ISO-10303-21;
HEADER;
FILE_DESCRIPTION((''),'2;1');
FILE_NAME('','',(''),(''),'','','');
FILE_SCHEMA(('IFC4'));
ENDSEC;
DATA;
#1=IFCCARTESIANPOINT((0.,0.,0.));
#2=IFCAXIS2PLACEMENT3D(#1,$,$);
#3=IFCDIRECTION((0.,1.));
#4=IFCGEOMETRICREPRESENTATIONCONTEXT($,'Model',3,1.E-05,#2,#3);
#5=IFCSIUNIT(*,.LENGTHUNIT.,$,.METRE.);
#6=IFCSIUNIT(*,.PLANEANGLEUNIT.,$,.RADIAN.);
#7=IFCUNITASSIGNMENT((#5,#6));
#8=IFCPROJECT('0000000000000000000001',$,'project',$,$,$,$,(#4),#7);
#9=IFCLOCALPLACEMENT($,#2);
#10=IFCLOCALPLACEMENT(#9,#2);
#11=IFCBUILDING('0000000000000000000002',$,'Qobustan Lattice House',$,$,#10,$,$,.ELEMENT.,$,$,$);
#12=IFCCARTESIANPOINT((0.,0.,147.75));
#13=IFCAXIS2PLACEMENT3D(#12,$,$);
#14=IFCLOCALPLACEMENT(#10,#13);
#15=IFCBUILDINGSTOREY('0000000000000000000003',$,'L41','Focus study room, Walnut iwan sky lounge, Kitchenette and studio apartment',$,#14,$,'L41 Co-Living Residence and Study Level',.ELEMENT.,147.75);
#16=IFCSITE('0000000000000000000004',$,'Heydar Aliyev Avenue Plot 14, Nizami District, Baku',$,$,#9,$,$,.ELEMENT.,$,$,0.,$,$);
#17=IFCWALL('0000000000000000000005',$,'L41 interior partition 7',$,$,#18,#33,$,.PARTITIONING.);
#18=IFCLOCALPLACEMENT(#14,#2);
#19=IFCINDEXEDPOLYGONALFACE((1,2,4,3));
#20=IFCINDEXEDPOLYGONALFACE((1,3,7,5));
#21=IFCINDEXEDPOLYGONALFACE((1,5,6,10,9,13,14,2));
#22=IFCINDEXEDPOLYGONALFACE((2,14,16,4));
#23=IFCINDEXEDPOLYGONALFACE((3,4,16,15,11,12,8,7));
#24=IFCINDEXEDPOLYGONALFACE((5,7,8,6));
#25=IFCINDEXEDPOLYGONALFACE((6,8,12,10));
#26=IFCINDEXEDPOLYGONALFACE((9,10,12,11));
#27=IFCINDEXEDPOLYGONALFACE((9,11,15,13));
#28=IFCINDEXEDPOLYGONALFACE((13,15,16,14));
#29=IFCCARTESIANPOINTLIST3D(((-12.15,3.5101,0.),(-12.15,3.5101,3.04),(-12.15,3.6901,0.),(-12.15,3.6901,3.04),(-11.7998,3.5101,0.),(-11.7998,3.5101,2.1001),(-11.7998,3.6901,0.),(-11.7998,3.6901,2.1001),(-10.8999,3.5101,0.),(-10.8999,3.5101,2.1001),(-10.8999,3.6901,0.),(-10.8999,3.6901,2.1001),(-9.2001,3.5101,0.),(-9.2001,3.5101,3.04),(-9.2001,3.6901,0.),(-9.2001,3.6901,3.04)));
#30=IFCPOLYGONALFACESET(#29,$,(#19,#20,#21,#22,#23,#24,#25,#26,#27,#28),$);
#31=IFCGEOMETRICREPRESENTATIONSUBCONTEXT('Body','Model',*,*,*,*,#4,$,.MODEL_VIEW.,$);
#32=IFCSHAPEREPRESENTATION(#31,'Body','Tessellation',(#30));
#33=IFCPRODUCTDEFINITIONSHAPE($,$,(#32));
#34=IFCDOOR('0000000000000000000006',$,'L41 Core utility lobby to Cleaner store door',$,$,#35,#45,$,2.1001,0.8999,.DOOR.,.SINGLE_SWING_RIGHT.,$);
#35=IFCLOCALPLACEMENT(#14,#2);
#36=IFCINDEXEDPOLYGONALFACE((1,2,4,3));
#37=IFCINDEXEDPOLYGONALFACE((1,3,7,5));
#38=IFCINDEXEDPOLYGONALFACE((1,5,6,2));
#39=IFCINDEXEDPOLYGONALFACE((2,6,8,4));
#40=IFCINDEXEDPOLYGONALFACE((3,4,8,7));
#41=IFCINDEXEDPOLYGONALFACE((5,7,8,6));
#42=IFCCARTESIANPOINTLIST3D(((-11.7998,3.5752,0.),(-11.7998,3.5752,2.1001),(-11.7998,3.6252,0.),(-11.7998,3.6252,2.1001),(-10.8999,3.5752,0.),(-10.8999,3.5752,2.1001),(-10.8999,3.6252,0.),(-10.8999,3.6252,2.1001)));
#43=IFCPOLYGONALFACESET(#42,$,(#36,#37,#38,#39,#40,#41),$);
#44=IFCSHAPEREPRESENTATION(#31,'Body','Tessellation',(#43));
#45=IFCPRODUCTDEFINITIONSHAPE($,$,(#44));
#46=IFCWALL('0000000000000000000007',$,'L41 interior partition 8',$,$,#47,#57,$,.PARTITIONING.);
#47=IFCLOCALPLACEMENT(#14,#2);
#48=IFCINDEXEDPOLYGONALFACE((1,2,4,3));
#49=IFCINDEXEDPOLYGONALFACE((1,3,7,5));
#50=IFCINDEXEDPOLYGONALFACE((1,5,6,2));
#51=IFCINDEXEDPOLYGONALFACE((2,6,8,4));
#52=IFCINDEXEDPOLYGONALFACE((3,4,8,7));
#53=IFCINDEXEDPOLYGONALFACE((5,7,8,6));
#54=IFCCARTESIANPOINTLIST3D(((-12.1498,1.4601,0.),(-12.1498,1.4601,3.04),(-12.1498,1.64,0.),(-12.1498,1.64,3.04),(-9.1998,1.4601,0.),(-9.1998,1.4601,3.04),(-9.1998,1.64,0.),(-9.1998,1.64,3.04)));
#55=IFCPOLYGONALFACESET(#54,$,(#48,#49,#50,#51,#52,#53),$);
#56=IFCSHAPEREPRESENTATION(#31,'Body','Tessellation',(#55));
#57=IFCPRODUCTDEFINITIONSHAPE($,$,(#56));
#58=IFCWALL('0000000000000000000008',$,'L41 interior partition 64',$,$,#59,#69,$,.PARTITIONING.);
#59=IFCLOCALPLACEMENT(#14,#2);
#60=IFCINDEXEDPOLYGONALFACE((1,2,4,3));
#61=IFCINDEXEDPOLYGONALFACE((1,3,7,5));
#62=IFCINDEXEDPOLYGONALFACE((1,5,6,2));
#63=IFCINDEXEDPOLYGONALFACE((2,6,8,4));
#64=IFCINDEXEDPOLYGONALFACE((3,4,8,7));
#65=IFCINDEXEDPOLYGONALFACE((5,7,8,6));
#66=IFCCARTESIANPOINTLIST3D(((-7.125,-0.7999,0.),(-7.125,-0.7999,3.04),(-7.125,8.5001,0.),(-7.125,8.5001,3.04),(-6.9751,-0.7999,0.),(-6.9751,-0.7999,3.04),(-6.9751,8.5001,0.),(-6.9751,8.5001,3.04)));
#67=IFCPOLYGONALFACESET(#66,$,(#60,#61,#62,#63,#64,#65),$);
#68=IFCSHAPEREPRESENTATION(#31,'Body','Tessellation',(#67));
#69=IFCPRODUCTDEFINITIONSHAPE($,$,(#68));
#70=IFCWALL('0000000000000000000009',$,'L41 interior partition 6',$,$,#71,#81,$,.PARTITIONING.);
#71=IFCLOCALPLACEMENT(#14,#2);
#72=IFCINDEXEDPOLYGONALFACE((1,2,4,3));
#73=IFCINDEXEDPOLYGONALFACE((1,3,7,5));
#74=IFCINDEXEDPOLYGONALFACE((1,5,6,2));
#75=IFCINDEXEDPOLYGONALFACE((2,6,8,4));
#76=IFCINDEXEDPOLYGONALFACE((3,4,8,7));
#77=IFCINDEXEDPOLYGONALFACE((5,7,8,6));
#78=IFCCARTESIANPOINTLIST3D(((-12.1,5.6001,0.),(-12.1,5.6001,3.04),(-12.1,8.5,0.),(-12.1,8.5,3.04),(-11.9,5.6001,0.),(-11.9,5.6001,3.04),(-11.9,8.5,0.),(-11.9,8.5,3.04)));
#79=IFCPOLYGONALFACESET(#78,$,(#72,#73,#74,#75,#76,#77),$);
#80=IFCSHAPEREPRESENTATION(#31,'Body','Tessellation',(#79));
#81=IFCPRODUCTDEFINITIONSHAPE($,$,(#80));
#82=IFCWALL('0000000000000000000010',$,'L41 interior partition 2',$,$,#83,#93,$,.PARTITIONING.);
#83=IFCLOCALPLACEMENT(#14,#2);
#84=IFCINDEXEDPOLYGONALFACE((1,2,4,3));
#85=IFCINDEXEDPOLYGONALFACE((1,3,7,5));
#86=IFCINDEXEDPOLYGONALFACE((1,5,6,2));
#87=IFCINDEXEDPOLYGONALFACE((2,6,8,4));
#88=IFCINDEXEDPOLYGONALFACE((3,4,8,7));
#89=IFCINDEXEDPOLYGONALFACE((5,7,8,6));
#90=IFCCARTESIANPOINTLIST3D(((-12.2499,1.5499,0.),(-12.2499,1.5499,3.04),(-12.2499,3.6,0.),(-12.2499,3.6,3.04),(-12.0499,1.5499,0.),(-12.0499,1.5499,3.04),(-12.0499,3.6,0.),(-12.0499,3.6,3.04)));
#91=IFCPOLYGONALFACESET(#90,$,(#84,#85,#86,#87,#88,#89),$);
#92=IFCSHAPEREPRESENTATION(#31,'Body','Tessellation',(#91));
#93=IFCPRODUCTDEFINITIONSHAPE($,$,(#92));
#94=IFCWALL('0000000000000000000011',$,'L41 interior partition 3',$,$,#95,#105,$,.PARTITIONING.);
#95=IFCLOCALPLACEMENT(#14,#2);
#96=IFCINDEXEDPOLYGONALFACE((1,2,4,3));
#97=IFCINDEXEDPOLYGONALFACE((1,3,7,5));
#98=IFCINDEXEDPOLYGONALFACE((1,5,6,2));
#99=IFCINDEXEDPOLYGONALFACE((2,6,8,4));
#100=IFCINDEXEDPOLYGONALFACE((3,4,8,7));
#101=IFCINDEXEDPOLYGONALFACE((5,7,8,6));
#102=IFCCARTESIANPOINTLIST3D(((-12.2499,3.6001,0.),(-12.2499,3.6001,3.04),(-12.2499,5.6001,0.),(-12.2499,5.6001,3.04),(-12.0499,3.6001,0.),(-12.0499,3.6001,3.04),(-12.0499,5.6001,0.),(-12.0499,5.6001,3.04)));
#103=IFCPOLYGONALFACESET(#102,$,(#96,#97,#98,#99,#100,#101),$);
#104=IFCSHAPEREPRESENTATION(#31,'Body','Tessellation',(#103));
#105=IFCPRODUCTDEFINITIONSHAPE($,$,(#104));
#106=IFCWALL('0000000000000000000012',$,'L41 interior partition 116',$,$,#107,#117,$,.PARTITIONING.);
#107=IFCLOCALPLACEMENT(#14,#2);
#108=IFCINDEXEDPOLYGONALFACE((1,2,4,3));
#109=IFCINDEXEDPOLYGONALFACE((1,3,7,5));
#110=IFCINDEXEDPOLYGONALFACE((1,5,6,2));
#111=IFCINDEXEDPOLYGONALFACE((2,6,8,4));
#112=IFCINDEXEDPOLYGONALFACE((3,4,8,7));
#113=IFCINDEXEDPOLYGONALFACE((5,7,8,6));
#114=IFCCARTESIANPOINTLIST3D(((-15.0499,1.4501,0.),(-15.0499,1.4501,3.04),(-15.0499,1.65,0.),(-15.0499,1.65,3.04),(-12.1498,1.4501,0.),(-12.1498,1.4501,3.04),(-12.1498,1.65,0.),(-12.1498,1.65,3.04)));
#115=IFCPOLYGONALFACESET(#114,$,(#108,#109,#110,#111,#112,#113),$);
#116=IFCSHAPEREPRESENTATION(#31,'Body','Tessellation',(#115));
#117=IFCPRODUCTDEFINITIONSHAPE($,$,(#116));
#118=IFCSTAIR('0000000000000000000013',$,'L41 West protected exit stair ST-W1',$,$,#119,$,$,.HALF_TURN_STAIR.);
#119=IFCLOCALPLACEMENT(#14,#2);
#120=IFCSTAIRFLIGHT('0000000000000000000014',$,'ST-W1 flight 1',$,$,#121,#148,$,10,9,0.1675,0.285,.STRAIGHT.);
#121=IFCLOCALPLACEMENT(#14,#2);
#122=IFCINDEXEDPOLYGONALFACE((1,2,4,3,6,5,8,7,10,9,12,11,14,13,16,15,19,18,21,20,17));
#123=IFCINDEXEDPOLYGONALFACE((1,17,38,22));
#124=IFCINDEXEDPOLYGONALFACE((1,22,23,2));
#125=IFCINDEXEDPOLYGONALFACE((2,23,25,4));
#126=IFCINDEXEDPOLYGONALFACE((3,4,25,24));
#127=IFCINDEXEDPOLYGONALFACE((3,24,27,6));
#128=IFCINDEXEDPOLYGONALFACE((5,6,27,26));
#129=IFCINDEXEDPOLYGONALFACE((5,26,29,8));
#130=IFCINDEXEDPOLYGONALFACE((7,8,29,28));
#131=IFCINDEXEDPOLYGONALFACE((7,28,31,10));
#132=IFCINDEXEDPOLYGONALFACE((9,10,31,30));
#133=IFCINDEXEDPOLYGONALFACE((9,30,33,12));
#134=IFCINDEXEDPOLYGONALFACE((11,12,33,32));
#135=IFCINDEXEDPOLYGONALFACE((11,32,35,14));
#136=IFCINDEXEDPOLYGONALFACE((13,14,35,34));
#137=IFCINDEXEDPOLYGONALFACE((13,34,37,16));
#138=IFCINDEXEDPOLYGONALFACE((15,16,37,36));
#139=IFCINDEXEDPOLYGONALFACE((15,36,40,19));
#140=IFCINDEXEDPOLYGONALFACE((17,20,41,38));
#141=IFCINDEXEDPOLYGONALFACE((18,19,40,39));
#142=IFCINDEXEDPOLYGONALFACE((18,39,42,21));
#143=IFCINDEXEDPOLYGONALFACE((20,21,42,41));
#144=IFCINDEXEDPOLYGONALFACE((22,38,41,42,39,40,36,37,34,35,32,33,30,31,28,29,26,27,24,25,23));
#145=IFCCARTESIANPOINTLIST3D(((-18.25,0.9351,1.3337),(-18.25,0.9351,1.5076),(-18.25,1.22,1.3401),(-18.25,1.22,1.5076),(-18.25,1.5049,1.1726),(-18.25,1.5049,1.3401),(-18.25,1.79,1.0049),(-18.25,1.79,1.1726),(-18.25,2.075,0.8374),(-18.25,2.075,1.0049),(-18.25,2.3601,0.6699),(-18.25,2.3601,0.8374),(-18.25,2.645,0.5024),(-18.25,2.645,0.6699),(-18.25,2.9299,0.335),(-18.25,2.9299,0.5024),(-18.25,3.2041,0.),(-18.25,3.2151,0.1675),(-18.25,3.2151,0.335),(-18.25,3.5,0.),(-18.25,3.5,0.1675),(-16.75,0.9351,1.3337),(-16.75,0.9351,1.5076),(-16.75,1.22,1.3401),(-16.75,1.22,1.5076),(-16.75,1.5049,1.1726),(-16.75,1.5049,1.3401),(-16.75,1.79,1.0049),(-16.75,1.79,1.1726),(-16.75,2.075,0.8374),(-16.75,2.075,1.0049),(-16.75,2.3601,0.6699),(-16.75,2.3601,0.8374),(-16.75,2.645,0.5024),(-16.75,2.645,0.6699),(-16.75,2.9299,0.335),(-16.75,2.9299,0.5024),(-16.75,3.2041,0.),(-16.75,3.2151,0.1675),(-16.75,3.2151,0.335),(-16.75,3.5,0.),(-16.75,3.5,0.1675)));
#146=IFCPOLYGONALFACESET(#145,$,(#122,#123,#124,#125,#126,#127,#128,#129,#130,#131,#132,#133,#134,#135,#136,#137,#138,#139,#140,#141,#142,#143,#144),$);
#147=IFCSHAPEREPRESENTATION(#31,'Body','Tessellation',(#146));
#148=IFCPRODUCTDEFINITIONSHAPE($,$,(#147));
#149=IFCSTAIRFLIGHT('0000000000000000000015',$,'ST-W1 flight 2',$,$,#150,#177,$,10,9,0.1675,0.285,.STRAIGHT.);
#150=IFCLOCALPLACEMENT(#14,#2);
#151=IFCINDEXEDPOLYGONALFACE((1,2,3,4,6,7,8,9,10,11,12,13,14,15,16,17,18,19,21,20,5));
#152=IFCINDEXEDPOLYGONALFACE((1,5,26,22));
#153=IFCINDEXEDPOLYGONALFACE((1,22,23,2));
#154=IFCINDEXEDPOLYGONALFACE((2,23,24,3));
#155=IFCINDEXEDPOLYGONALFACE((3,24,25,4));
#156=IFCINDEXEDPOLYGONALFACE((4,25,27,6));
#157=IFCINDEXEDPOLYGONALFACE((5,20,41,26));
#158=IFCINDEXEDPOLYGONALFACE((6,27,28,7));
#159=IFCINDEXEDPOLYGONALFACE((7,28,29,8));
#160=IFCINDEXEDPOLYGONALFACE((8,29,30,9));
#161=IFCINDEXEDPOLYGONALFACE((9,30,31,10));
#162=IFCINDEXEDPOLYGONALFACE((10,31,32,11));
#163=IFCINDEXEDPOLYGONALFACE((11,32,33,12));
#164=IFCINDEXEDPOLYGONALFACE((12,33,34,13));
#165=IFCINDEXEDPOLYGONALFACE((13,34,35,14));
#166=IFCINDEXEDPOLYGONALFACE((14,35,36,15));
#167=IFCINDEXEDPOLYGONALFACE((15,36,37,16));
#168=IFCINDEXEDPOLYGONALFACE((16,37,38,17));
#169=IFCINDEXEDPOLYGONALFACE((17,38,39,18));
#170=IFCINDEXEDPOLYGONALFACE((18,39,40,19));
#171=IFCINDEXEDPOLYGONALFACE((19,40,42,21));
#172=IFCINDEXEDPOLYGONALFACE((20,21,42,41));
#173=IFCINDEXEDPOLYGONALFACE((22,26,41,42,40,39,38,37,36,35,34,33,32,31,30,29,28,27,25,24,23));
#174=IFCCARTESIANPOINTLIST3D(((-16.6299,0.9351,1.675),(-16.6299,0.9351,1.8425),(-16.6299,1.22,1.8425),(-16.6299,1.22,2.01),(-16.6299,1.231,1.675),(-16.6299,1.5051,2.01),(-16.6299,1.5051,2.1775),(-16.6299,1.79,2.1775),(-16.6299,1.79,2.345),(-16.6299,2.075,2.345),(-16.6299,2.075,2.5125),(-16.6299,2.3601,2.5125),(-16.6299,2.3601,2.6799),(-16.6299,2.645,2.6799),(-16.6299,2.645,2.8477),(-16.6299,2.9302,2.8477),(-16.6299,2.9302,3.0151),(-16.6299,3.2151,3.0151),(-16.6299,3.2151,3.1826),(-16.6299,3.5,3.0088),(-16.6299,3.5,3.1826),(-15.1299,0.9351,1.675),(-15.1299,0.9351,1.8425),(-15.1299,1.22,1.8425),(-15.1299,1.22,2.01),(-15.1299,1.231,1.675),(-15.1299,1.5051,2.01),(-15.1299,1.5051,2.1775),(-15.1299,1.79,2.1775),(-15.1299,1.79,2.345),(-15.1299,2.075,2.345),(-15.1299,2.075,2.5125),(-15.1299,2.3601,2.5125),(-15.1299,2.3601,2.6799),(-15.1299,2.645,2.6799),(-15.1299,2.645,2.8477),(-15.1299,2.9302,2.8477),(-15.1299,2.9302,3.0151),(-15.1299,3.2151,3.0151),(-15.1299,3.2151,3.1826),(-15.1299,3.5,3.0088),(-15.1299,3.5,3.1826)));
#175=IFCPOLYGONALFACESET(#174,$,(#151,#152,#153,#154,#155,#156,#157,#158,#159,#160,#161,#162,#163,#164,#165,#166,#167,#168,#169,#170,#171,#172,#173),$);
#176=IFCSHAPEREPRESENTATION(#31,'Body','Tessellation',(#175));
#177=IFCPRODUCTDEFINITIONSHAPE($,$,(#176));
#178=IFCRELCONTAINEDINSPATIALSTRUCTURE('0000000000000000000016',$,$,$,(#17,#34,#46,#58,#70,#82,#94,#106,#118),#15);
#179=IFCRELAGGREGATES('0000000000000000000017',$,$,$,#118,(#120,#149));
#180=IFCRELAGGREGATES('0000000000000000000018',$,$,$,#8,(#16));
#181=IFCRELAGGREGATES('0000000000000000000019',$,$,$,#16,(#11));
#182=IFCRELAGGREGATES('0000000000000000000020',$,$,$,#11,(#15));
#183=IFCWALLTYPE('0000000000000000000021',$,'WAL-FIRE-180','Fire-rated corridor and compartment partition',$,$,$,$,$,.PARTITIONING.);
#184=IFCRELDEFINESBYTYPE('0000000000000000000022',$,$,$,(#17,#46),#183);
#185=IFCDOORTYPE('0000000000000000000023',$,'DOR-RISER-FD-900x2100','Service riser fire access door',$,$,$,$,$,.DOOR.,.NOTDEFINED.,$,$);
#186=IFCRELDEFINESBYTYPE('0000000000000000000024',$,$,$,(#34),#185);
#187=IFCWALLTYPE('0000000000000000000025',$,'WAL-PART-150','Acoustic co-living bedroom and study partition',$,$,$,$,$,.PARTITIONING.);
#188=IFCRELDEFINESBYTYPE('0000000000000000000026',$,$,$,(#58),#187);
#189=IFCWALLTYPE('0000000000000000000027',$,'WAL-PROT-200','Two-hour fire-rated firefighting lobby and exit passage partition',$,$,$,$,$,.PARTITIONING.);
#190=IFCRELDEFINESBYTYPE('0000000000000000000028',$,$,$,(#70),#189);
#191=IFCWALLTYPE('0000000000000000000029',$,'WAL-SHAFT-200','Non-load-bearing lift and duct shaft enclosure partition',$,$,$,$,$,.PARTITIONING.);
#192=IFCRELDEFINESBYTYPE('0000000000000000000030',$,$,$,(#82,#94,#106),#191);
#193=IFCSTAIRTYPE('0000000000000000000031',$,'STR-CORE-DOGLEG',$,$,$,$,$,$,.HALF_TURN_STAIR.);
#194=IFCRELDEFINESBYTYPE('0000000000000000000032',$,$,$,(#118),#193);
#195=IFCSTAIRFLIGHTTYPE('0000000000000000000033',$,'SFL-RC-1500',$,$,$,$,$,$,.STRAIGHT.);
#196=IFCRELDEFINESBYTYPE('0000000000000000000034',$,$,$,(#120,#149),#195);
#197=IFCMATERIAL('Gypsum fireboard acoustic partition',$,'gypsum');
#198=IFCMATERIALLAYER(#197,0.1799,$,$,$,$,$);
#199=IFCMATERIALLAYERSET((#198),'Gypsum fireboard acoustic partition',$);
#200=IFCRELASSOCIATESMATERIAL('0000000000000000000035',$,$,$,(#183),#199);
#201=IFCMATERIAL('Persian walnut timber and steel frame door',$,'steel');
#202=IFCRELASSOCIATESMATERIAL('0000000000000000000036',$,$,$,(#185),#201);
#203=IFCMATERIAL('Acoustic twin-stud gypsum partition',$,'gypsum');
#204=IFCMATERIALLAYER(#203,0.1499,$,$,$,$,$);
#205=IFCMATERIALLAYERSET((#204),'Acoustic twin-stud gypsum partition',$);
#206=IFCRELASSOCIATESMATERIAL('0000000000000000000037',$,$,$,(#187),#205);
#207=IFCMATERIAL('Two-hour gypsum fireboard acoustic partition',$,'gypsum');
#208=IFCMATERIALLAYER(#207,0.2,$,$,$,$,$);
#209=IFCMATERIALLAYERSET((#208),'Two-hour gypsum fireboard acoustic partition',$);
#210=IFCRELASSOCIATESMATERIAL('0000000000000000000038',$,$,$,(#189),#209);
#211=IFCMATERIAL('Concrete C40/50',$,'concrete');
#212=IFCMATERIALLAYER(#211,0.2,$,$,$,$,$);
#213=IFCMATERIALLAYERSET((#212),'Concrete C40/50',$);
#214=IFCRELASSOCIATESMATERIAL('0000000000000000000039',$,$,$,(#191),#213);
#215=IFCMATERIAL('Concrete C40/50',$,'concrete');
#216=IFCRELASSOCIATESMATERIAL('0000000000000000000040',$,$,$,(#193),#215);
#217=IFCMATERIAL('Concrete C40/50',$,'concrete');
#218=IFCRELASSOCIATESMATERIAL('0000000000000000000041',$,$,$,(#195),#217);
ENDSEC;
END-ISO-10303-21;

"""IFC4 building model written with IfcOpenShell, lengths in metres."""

from ifc_helpers import new_model, si_unit, direction, frame, frame_2d, origin, place, context, subcontext, project, spatial, polyline, rectangle, outline, extrude, material, layer, layer_set, type_object, element, fill, aggregate, save


model = new_model("IFC4")

# Units and contexts
model_context = context("Model", 3, precision=1e-05, world=origin(), true_north=direction((0.0, 1.0)))
body_context = subcontext(model_context, "Body", "Model", "MODEL_VIEW")
ifc_project = project(units=[si_unit("LENGTHUNIT", "METRE"), si_unit("PLANEANGLEUNIT", "RADIAN")], contexts=[model_context])

# Site, building, storey
site_placement = place(None, origin())
site = spatial("IfcSite", under=ifc_project, at=site_placement, Name="Heydar Aliyev Avenue Plot 14, Nizami District, Baku", CompositionType="ELEMENT", RefElevation=0.0)
building_placement = place(site_placement, origin())
building = spatial("IfcBuilding", under=site, at=building_placement, Name="Qobustan Lattice House", CompositionType="ELEMENT")
storey_placement = place(building_placement, frame((0.0, 0.0, 147.75)))
storey = spatial("IfcBuildingStorey", under=building, at=storey_placement, Name="L41", Description="Focus study room, Walnut iwan sky lounge, Kitchenette and studio apartment", LongName="L41 Co-Living Residence and Study Level", CompositionType="ELEMENT", Elevation=147.75)

# Wall, opening, door
ifc_material_1 = material(Name="Gypsum fireboard acoustic partition", Category="gypsum")
ifc_layer_1 = layer(ifc_material_1, 0.1799)
ifc_layer_set_1 = layer_set([ifc_layer_1], Name="Gypsum fireboard acoustic partition")
wall_type_1 = type_object("IfcWallType", Name="WAL-FIRE-180", Description="Fire-rated corridor and compartment partition", PredefinedType="PARTITIONING", material=ifc_layer_set_1)
wall_1_placement = place(storey_placement, frame((-9.2, 3.6001, 0.0), z_axis=(0.0, 0.0, 1.0), x_axis=(-1.0, 0.0, 0.0)))
wall_1 = element("IfcWall", 1, at=wall_1_placement, inside=storey, type_object=wall_type_1, Name="L41 interior partition 7", PredefinedType="PARTITIONING", context=body_context, shape_type="SweptSolid", body=[
    extrude(rectangle(XDim=2.95, YDim=0.1799, at=frame_2d((1.4751, 0.0))), origin(), (0.0, 0.0, 1.0), 3.04),
])
opening_1_placement = place(wall_1_placement, frame((1.7, 0.0, 0.0)))
opening_1 = element("IfcOpeningElement", 2, at=opening_1_placement, cuts=wall_1, PredefinedType="OPENING", context=body_context, shape_type="SweptSolid", body=[
    extrude(rectangle(XDim=0.8999, YDim=2.1001, at=frame_2d((0.45, 1.05))), frame((0.0, 0.0999, 0.0), z_axis=(0.0, -1.0, 0.0), x_axis=(1.0, 0.0, 0.0)), (0.0, 0.0, 1.0), 0.2),
])
ifc_material_2 = material(Name="Persian walnut timber and steel frame door", Category="steel")
door_type_1 = type_object("IfcDoorType", Name="DOR-RISER-FD-900x2100", Description="Service riser fire access door", OperationType="NOTDEFINED", PredefinedType="DOOR", material=ifc_material_2)
door_1_placement = place(opening_1_placement, origin())
door_1 = element("IfcDoor", 3, at=door_1_placement, inside=storey, type_object=door_type_1, Name="L41 Core utility lobby to Cleaner store door", OperationType="SINGLE_SWING_RIGHT", OverallHeight=2.1001, OverallWidth=0.8999, PredefinedType="DOOR", context=body_context, shape_type="SweptSolid", body=[
    extrude(rectangle(XDim=0.8999, YDim=2.1001, at=frame_2d((0.45, 1.05))), frame((0.0, 0.0249, 0.0), z_axis=(0.0, -1.0, 0.0), x_axis=(1.0, 0.0, 0.0)), (0.0, 0.0, 1.0), 0.05),
])
fill(opening_1, door_1)

# Walls
wall_2_placement = place(storey_placement, frame((-12.1499, 1.55, 0.0), z_axis=(0.0, 0.0, 1.0), x_axis=(1.0, 0.0, 0.0)))
element("IfcWall", 4, at=wall_2_placement, inside=storey, type_object=wall_type_1, Name="L41 interior partition 8", PredefinedType="PARTITIONING", context=body_context, shape_type="SweptSolid", body=[
    extrude(rectangle(XDim=2.95, YDim=0.1799, at=frame_2d((1.4751, 0.0))), origin(), (0.0, 0.0, 1.0), 3.04),
])
ifc_material_3 = material(Name="Acoustic twin-stud gypsum partition", Category="gypsum")
ifc_layer_2 = layer(ifc_material_3, 0.1499)
ifc_layer_set_2 = layer_set([ifc_layer_2], Name="Acoustic twin-stud gypsum partition")
wall_type_2 = type_object("IfcWallType", Name="WAL-PART-150", Description="Acoustic co-living bedroom and study partition", PredefinedType="PARTITIONING", material=ifc_layer_set_2)
wall_3_placement = place(storey_placement, frame((-7.05, 8.5, 0.0), z_axis=(0.0, 0.0, 1.0), x_axis=(0.0, -1.0, 0.0)))
element("IfcWall", 5, at=wall_3_placement, inside=storey, type_object=wall_type_2, Name="L41 interior partition 64", PredefinedType="PARTITIONING", context=body_context, shape_type="SweptSolid", body=[
    extrude(rectangle(XDim=9.3, YDim=0.1499, at=frame_2d((4.6499, 0.0))), origin(), (0.0, 0.0, 1.0), 3.04),
])

# Shared definitions
ifc_material_4 = material(Name="Two-hour gypsum fireboard acoustic partition", Category="gypsum")
ifc_layer_3 = layer(ifc_material_4, 0.2)
ifc_layer_set_3 = layer_set([ifc_layer_3], Name="Two-hour gypsum fireboard acoustic partition")
wall_type_3 = type_object("IfcWallType", Name="WAL-PROT-200", Description="Two-hour fire-rated firefighting lobby and exit passage partition", PredefinedType="PARTITIONING", material=ifc_layer_set_3)

# Walls
wall_4_placement = place(storey_placement, frame((-12.0, 5.6001, 0.0), z_axis=(0.0, 0.0, 1.0), x_axis=(0.0, 1.0, 0.0)))
element("IfcWall", 6, at=wall_4_placement, inside=storey, type_object=wall_type_3, Name="L41 interior partition 6", PredefinedType="PARTITIONING", context=body_context, shape_type="SweptSolid", body=[
    extrude(rectangle(XDim=2.8999, YDim=0.2, at=frame_2d((1.45, 0.0))), origin(), (0.0, 0.0, 1.0), 3.04),
])
ifc_material_5 = material(Name="Concrete C40/50", Category="concrete")
ifc_layer_4 = layer(ifc_material_5, 0.2)
ifc_layer_set_4 = layer_set([ifc_layer_4], Name="Concrete C40/50")
wall_type_4 = type_object("IfcWallType", Name="WAL-SHAFT-200", Description="Non-load-bearing lift and duct shaft enclosure partition", PredefinedType="PARTITIONING", material=ifc_layer_set_4)
wall_5_placement = place(storey_placement, frame((-12.1499, 1.55, 0.0), z_axis=(0.0, 0.0, 1.0), x_axis=(0.0, 1.0, 0.0)))
element("IfcWall", 7, at=wall_5_placement, inside=storey, type_object=wall_type_4, Name="L41 interior partition 2", PredefinedType="PARTITIONING", context=body_context, shape_type="SweptSolid", body=[
    extrude(rectangle(XDim=2.05, YDim=0.2, at=frame_2d((1.0249, 0.0))), origin(), (0.0, 0.0, 1.0), 3.04),
])
wall_6_placement = place(storey_placement, frame((-12.1499, 3.6001, 0.0), z_axis=(0.0, 0.0, 1.0), x_axis=(0.0, 1.0, 0.0)))
element("IfcWall", 8, at=wall_6_placement, inside=storey, type_object=wall_type_4, Name="L41 interior partition 3", PredefinedType="PARTITIONING", context=body_context, shape_type="SweptSolid", body=[
    extrude(rectangle(XDim=2.0, YDim=0.2, at=frame_2d((1.0, 0.0))), origin(), (0.0, 0.0, 1.0), 3.04),
])
wall_7_placement = place(storey_placement, frame((-15.05, 1.55, 0.0), z_axis=(0.0, 0.0, 1.0), x_axis=(1.0, 0.0, 0.0)))
element("IfcWall", 9, at=wall_7_placement, inside=storey, type_object=wall_type_4, Name="L41 interior partition 116", PredefinedType="PARTITIONING", context=body_context, shape_type="SweptSolid", body=[
    extrude(rectangle(XDim=2.9001, YDim=0.2, at=frame_2d((1.4502, 0.0))), origin(), (0.0, 0.0, 1.0), 3.04),
])

# Stair, stair flights
ifc_material_6 = material(Name="Concrete C40/50", Category="concrete")
stair_type = type_object("IfcStairType", Name="STR-CORE-DOGLEG", PredefinedType="HALF_TURN_STAIR", material=ifc_material_6)
stair_placement = place(storey_placement, origin())
stair = element("IfcStair", 10, at=stair_placement, inside=storey, type_object=stair_type, Name="L41 West protected exit stair ST-W1", PredefinedType="HALF_TURN_STAIR")
ifc_material_7 = material(Name="Concrete C40/50", Category="concrete")
stair_flight_type = type_object("IfcStairFlightType", Name="SFL-RC-1500", PredefinedType="STRAIGHT", material=ifc_material_7)
stair_flight_1_placement = place(storey_placement, frame((-17.5, 3.5, 0.0), z_axis=(0.0, 0.0, 1.0), x_axis=(0.0, -1.0, 0.0)))
stair_flight_1 = element("IfcStairFlight", 11, at=stair_flight_1_placement, type_object=stair_flight_type, Name="ST-W1 flight 1", NumberOfRisers=10, NumberOfTreads=9, PredefinedType="STRAIGHT", RiserHeight=0.1675, TreadLength=0.285, context=body_context, shape_type="SweptSolid", body=[
    extrude(outline(polyline([(0.0, 0.0), (0.0, 0.1675), (0.2849, 0.1675), (0.2849, 0.335), (0.5701, 0.335), (0.5701, 0.5024), (0.855, 0.5024), (0.855, 0.6699), (1.1399, 0.6699), (1.1399, 0.8374), (1.425, 0.8374), (1.425, 1.0049), (1.71, 1.0049), (1.71, 1.1726), (1.9951, 1.1726), (1.9951, 1.3401), (2.28, 1.3401), (2.28, 1.5076), (2.5649, 1.5076), (2.5649, 1.675), (2.5649, 1.3337), (0.2959, 0.0), (0.0, 0.0)])), frame((0.0, 0.75, 0.0), z_axis=(0.0, -1.0, 0.0), x_axis=(1.0, 0.0, 0.0)), (0.0, 0.0, 1.0), 1.5),
])
stair_flight_2_placement = place(storey_placement, frame((-15.8799, 0.9351, 1.675), z_axis=(0.0, 0.0, 1.0), x_axis=(0.0, 1.0, 0.0)))
stair_flight_2 = element("IfcStairFlight", 12, at=stair_flight_2_placement, type_object=stair_flight_type, Name="ST-W1 flight 2", NumberOfRisers=10, NumberOfTreads=9, PredefinedType="STRAIGHT", RiserHeight=0.1675, TreadLength=0.285, context=body_context, shape_type="SweptSolid", body=[
    extrude(outline(polyline([(0.0, 0.0), (0.0, 0.1675), (0.2849, 0.1675), (0.2849, 0.335), (0.5701, 0.335), (0.5701, 0.5024), (0.855, 0.5024), (0.855, 0.6699), (1.1399, 0.6699), (1.1399, 0.8374), (1.425, 0.8374), (1.425, 1.0049), (1.71, 1.0049), (1.71, 1.1726), (1.9951, 1.1726), (1.9951, 1.3401), (2.28, 1.3401), (2.28, 1.5076), (2.5649, 1.5076), (2.5649, 1.675), (2.5649, 1.3337), (0.2959, 0.0), (0.0, 0.0)])), frame((0.0, 0.75, 0.0), z_axis=(0.0, -1.0, 0.0), x_axis=(1.0, 0.0, 0.0)), (0.0, 0.0, 1.0), 1.5),
])
aggregate(stair, [stair_flight_1, stair_flight_2])

save(model, "model.ifc")
